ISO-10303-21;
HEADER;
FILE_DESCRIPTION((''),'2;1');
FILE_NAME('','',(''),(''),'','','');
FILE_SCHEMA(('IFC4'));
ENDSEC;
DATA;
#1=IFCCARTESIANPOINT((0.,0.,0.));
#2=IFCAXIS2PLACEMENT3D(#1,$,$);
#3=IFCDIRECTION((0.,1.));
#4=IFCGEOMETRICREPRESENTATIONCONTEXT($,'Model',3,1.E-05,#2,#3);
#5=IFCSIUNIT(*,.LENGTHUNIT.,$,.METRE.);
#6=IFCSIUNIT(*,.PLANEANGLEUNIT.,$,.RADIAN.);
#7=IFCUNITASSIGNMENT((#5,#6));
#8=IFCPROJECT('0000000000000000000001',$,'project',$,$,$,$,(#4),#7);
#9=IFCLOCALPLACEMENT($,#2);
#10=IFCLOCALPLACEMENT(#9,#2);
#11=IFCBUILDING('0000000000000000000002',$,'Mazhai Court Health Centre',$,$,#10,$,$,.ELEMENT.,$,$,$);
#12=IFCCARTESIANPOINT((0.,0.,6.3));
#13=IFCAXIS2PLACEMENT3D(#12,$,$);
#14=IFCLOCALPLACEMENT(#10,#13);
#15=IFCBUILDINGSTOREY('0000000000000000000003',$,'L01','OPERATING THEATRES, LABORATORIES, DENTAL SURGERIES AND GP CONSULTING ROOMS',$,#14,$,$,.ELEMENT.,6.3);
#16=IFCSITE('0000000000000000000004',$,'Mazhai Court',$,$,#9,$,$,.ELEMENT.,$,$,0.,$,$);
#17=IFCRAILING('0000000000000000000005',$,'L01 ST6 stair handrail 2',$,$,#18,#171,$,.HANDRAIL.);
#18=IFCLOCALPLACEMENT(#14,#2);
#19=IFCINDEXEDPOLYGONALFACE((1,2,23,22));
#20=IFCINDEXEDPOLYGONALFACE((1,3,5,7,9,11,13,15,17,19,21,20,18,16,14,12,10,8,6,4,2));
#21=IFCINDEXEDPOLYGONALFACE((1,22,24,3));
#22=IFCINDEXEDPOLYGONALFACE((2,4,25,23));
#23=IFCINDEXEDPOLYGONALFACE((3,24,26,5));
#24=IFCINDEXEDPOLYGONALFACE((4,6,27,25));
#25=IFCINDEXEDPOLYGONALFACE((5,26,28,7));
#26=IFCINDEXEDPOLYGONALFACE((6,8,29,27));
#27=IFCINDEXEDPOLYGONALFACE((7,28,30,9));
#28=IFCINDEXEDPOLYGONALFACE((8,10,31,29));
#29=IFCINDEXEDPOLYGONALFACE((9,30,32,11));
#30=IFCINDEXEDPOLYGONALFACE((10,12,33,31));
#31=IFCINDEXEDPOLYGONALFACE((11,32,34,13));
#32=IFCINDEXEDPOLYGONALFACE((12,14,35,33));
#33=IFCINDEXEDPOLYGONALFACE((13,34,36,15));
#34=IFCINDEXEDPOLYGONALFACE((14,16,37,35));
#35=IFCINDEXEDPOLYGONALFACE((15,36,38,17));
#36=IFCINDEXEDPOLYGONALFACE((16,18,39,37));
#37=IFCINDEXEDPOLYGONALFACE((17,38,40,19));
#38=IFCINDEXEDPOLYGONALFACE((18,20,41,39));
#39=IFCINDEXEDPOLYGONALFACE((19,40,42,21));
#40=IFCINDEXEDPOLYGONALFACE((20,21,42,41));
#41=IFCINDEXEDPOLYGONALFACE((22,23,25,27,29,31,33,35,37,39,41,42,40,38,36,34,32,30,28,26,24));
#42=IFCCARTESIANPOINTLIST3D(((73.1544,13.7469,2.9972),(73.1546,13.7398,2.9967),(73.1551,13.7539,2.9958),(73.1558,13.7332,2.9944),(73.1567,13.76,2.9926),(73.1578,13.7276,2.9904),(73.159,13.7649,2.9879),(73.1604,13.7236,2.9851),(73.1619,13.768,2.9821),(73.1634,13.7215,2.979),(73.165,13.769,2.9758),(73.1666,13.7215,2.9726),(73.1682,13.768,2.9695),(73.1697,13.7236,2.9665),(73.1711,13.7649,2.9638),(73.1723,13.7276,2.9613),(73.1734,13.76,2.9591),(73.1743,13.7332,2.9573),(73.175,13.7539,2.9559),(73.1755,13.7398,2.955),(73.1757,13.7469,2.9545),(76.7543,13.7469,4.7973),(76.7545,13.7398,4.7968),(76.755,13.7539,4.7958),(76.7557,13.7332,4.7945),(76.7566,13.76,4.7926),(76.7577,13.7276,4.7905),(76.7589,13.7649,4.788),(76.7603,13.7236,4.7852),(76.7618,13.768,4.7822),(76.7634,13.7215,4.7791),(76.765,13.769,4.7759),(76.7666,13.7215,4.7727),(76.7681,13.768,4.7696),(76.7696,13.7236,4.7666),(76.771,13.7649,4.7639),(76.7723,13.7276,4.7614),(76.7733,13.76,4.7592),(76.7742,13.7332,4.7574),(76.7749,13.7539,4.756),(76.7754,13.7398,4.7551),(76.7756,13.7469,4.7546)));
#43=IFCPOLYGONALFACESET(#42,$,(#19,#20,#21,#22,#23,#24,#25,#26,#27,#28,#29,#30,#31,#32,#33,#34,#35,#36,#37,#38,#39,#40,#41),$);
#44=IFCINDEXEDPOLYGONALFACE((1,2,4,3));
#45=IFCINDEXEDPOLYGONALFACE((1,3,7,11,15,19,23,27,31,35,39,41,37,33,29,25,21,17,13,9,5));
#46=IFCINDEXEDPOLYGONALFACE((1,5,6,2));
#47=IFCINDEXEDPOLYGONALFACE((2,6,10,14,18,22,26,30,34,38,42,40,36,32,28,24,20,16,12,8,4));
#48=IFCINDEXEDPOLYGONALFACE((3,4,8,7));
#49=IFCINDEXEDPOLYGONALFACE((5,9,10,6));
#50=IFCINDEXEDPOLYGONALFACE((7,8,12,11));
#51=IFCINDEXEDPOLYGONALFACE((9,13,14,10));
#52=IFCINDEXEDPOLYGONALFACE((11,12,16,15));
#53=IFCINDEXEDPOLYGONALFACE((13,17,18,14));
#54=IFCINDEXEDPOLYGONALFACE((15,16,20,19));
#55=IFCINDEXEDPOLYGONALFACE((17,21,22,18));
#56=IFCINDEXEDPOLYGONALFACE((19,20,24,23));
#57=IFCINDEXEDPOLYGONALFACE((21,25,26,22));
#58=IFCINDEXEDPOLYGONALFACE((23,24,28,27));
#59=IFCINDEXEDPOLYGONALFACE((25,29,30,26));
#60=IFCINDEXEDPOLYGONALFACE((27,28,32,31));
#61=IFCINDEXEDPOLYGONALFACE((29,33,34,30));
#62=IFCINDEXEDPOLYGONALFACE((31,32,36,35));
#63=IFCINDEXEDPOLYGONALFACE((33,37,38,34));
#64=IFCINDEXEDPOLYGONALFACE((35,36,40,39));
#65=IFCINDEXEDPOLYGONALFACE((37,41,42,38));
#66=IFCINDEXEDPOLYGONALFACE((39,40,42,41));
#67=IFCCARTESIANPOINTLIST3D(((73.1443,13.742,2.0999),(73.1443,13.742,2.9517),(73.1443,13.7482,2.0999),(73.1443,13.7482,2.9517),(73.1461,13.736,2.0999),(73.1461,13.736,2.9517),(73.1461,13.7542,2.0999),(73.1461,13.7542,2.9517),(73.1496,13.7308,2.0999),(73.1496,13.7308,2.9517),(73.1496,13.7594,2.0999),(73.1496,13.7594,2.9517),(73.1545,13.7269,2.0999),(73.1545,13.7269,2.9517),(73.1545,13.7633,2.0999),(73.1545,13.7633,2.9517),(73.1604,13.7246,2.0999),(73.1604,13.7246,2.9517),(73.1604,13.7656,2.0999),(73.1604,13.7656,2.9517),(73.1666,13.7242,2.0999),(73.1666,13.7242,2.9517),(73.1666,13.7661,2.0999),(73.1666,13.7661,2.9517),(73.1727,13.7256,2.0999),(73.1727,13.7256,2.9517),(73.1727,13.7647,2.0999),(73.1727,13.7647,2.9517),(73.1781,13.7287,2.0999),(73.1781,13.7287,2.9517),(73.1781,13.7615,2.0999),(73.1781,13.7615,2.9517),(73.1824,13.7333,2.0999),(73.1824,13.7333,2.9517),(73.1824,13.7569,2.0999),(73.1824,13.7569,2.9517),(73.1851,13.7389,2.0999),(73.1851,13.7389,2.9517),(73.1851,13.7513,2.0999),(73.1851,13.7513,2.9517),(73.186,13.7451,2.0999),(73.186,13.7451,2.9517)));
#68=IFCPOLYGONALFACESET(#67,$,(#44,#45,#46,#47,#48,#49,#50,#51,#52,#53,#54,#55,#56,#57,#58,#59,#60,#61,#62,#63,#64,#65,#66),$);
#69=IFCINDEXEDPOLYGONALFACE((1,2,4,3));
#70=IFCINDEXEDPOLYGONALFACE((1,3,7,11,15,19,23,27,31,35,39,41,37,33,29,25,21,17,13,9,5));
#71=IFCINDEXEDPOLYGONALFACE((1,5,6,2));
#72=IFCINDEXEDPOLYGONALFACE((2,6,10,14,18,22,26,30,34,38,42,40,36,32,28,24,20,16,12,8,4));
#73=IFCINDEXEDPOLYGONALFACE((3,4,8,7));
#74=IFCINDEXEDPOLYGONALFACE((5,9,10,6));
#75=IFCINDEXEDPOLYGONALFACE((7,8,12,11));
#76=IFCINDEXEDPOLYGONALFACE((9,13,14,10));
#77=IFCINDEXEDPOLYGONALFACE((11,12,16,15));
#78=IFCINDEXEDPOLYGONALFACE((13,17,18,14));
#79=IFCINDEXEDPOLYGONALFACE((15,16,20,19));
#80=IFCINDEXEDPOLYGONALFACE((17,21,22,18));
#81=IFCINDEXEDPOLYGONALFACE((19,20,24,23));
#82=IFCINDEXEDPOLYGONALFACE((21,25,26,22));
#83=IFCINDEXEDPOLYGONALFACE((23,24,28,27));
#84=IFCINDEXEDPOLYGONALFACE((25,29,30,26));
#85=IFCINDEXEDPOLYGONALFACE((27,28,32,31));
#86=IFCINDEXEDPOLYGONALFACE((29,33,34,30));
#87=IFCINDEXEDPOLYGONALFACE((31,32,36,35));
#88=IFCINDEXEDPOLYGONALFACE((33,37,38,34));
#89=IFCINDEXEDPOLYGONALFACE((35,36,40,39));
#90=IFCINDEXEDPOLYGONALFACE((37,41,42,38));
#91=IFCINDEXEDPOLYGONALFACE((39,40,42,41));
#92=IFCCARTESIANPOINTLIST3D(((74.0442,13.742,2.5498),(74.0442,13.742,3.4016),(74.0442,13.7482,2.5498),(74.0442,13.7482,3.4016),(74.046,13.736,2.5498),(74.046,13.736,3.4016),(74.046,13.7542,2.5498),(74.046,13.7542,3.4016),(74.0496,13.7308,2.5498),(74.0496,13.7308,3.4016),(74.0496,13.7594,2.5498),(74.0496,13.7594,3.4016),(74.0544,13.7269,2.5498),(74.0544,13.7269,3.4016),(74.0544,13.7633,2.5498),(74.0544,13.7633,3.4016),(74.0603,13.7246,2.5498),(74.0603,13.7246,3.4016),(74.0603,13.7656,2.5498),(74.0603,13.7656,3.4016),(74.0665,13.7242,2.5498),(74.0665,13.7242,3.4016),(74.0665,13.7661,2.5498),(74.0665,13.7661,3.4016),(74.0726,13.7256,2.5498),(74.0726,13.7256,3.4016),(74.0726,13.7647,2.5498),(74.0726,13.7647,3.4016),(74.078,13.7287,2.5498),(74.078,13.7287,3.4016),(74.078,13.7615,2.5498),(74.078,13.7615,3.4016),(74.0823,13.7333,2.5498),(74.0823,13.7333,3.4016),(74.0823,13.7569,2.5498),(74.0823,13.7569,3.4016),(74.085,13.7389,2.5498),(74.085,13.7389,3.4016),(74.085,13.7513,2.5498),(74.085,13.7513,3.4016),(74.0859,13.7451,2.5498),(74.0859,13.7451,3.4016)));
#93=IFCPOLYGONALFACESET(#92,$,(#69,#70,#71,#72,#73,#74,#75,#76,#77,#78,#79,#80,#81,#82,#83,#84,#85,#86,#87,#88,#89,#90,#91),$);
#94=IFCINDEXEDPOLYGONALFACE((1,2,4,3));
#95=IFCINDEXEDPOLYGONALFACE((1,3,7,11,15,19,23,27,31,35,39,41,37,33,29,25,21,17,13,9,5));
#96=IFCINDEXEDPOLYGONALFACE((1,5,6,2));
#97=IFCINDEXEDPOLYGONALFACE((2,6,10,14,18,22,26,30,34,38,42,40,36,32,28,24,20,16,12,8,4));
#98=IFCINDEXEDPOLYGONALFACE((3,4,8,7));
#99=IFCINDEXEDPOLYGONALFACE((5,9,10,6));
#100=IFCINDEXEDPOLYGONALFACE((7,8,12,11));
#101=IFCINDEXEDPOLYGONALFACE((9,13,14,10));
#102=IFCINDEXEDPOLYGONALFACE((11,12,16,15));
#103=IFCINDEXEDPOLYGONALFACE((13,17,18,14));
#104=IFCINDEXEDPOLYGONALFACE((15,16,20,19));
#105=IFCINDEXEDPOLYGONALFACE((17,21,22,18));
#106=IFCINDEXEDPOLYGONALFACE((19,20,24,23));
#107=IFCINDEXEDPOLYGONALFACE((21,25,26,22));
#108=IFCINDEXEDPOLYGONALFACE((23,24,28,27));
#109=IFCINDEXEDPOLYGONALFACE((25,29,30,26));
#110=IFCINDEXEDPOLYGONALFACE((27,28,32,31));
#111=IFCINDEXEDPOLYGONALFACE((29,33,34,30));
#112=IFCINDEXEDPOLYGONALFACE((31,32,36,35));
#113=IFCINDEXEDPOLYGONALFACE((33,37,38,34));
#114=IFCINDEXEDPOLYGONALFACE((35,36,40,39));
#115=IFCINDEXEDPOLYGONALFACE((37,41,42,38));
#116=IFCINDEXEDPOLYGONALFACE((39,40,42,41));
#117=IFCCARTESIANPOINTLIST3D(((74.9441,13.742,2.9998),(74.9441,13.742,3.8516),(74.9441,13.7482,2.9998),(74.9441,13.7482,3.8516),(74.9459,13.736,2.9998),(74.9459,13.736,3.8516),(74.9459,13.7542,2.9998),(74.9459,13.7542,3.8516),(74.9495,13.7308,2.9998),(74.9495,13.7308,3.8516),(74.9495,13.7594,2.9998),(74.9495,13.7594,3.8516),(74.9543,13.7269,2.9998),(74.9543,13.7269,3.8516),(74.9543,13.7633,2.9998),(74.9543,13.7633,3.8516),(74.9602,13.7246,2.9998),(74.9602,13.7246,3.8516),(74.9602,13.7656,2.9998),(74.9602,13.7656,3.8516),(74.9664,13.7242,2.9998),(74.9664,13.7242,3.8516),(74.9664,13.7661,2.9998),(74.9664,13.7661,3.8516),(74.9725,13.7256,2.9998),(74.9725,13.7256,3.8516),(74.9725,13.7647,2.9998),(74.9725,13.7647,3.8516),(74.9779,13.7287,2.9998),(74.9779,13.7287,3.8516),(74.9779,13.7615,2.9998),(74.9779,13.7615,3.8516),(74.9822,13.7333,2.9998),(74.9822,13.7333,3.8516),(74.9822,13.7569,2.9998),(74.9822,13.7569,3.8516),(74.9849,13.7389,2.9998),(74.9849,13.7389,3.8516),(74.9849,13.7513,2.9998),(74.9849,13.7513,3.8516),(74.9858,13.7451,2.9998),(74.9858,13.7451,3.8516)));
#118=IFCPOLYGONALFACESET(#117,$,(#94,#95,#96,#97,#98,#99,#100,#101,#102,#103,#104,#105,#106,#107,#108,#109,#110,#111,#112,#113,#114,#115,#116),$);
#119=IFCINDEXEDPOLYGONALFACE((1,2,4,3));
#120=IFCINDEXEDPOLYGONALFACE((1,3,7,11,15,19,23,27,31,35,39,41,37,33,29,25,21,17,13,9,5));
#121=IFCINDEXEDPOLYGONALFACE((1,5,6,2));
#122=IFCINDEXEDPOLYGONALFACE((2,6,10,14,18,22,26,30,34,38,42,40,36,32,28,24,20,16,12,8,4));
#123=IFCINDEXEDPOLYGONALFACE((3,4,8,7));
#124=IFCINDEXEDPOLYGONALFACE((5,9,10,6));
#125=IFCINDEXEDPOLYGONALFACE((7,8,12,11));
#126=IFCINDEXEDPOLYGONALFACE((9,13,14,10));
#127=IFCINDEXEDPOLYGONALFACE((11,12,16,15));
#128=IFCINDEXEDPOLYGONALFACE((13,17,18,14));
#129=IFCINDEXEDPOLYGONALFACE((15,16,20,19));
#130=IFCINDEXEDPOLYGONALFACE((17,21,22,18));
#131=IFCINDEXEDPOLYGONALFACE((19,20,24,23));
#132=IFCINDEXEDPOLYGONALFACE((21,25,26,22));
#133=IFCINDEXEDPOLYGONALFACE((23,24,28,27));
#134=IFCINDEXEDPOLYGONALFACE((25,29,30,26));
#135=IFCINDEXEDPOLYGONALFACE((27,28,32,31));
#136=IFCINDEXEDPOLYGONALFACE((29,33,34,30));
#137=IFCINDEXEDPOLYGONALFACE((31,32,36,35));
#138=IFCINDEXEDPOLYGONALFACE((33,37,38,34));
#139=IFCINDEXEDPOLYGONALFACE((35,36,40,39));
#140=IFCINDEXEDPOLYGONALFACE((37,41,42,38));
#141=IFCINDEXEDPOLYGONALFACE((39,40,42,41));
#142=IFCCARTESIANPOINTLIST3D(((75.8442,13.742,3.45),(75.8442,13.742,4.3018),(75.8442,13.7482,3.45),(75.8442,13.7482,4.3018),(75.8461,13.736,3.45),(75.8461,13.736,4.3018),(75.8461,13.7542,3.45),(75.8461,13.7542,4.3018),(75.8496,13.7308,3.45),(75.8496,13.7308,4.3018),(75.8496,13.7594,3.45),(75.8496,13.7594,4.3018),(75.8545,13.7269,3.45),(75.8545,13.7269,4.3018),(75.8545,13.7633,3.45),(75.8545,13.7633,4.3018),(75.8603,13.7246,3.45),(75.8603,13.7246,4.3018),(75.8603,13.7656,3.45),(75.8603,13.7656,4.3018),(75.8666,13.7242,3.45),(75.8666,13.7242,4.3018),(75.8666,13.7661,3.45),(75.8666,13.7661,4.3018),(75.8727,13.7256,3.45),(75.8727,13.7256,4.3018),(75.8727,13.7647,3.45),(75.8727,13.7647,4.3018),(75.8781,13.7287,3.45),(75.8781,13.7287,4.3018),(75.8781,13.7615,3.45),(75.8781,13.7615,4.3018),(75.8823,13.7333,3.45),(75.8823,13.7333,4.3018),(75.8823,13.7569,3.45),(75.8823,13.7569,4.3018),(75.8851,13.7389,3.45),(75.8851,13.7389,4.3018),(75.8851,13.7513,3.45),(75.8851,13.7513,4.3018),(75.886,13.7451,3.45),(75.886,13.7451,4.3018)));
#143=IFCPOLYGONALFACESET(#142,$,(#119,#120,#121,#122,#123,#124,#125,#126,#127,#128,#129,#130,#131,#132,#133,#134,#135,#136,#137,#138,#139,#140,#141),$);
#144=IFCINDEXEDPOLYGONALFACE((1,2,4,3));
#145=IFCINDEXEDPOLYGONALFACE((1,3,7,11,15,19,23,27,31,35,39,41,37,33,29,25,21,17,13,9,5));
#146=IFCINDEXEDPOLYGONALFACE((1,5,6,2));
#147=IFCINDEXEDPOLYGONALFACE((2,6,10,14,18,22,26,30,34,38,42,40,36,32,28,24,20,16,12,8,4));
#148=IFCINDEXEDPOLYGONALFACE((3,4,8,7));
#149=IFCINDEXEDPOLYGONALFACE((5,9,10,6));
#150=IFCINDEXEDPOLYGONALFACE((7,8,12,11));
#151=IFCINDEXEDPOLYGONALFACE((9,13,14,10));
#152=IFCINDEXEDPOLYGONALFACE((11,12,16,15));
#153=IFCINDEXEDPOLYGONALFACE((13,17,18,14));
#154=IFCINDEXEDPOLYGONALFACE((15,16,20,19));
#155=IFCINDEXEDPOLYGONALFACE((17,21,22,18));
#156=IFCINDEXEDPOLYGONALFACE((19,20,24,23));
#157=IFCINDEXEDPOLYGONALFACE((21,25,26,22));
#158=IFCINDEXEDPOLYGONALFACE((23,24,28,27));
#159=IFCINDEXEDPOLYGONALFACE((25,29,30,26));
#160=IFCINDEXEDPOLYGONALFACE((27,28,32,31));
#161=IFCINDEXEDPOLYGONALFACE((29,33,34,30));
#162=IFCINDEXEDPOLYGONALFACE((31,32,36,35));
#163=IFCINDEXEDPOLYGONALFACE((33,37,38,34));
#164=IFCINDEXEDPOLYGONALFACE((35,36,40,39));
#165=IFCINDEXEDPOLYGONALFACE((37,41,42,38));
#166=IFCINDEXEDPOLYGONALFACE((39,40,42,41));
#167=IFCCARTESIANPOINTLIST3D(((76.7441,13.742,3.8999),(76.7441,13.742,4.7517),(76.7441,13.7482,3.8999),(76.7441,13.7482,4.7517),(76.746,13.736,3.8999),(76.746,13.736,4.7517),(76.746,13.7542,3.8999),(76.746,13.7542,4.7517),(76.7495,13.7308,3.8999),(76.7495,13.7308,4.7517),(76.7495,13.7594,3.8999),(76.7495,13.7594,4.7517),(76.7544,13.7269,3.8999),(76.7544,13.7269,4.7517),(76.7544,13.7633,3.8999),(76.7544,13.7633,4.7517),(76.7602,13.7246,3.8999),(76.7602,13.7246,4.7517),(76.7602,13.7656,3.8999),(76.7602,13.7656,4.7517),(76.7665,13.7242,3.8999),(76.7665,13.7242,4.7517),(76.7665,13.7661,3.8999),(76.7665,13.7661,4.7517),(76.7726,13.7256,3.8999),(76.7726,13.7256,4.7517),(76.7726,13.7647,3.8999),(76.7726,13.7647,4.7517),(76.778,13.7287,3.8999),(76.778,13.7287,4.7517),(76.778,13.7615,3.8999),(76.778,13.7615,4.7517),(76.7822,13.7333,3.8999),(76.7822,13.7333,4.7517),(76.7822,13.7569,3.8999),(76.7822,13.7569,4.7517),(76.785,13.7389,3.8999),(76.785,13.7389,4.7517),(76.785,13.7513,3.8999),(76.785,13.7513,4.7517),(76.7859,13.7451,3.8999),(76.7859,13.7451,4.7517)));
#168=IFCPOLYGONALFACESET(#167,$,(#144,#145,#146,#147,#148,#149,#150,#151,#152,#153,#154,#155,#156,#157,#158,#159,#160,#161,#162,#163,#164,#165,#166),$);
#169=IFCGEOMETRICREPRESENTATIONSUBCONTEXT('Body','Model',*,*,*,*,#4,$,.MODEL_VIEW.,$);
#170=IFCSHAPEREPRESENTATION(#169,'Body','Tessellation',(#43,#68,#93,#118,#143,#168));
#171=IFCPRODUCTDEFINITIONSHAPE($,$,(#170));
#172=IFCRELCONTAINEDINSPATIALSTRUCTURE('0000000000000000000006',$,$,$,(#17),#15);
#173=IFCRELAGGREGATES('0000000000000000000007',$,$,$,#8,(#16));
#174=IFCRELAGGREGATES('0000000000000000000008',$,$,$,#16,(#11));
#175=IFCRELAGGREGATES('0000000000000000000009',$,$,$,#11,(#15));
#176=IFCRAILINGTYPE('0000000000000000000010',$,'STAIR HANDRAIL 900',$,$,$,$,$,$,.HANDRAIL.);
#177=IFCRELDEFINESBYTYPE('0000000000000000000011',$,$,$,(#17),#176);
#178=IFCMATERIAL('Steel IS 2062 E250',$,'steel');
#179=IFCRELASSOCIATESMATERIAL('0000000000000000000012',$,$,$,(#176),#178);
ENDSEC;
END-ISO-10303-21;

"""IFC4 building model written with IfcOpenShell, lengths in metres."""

from ifc_helpers import new_model, si_unit, direction, frame, origin, origin_2d, place, context, subcontext, project, spatial, circle, extrude, material, type_object, element, save


model = new_model("IFC4")

# Units and contexts
model_context = context("Model", 3, precision=1e-05, world=origin(), true_north=direction((0.0, 1.0)))
body_context = subcontext(model_context, "Body", "Model", "MODEL_VIEW")
ifc_project = project(units=[si_unit("LENGTHUNIT", "METRE"), si_unit("PLANEANGLEUNIT", "RADIAN")], contexts=[model_context])

# Site, building, storey
site_placement = place(None, origin())
site = spatial("IfcSite", under=ifc_project, at=site_placement, Name="Mazhai Court", CompositionType="ELEMENT", RefElevation=0.0)
building_placement = place(site_placement, origin())
building = spatial("IfcBuilding", under=site, at=building_placement, Name="Mazhai Court Health Centre", CompositionType="ELEMENT")
storey_placement = place(building_placement, frame((0.0, 0.0, 6.3)))
storey = spatial("IfcBuildingStorey", under=building, at=storey_placement, Name="L01", Description="OPERATING THEATRES, LABORATORIES, DENTAL SURGERIES AND GP CONSULTING ROOMS", CompositionType="ELEMENT", Elevation=6.3)

# Railing
ifc_material_1 = material(Name="Steel IS 2062 E250", Category="steel")
railing_type = type_object("IfcRailingType", Name="STAIR HANDRAIL 900", PredefinedType="HANDRAIL", material=ifc_material_1)
railing_placement = place(storey_placement, frame((73.165, 13.7451, 2.0999)))
element("IfcRailing", 1, at=railing_placement, inside=storey, type_object=railing_type, Name="L01 ST6 stair handrail 2", PredefinedType="HANDRAIL", context=body_context, shape_type="SweptSolid", body=[
    extrude(circle(Radius=0.0239, at=origin_2d()), frame((0.0, 0.0, 0.876), z_axis=(0.894415, 0.0, 0.447238), x_axis=(0.0, 1.0, 0.0)), (0.0, 0.0, 1.0), 4.0249),
    extrude(circle(Radius=0.021, at=origin_2d()), origin(), (0.0, 0.0, 1.0), 0.8518),
    extrude(circle(Radius=0.021, at=origin_2d()), frame((0.8999, 0.0, 0.45)), (0.0, 0.0, 1.0), 0.8518),
    extrude(circle(Radius=0.021, at=origin_2d()), frame((1.7998, 0.0, 0.8999)), (0.0, 0.0, 1.0), 0.8518),
    extrude(circle(Radius=0.021, at=origin_2d()), frame((2.7, 0.0, 1.3501)), (0.0, 0.0, 1.0), 0.8518),
    extrude(circle(Radius=0.021, at=origin_2d()), frame((3.5999, 0.0, 1.8)), (0.0, 0.0, 1.0), 0.8518),
])

save(model, "model.ifc")
